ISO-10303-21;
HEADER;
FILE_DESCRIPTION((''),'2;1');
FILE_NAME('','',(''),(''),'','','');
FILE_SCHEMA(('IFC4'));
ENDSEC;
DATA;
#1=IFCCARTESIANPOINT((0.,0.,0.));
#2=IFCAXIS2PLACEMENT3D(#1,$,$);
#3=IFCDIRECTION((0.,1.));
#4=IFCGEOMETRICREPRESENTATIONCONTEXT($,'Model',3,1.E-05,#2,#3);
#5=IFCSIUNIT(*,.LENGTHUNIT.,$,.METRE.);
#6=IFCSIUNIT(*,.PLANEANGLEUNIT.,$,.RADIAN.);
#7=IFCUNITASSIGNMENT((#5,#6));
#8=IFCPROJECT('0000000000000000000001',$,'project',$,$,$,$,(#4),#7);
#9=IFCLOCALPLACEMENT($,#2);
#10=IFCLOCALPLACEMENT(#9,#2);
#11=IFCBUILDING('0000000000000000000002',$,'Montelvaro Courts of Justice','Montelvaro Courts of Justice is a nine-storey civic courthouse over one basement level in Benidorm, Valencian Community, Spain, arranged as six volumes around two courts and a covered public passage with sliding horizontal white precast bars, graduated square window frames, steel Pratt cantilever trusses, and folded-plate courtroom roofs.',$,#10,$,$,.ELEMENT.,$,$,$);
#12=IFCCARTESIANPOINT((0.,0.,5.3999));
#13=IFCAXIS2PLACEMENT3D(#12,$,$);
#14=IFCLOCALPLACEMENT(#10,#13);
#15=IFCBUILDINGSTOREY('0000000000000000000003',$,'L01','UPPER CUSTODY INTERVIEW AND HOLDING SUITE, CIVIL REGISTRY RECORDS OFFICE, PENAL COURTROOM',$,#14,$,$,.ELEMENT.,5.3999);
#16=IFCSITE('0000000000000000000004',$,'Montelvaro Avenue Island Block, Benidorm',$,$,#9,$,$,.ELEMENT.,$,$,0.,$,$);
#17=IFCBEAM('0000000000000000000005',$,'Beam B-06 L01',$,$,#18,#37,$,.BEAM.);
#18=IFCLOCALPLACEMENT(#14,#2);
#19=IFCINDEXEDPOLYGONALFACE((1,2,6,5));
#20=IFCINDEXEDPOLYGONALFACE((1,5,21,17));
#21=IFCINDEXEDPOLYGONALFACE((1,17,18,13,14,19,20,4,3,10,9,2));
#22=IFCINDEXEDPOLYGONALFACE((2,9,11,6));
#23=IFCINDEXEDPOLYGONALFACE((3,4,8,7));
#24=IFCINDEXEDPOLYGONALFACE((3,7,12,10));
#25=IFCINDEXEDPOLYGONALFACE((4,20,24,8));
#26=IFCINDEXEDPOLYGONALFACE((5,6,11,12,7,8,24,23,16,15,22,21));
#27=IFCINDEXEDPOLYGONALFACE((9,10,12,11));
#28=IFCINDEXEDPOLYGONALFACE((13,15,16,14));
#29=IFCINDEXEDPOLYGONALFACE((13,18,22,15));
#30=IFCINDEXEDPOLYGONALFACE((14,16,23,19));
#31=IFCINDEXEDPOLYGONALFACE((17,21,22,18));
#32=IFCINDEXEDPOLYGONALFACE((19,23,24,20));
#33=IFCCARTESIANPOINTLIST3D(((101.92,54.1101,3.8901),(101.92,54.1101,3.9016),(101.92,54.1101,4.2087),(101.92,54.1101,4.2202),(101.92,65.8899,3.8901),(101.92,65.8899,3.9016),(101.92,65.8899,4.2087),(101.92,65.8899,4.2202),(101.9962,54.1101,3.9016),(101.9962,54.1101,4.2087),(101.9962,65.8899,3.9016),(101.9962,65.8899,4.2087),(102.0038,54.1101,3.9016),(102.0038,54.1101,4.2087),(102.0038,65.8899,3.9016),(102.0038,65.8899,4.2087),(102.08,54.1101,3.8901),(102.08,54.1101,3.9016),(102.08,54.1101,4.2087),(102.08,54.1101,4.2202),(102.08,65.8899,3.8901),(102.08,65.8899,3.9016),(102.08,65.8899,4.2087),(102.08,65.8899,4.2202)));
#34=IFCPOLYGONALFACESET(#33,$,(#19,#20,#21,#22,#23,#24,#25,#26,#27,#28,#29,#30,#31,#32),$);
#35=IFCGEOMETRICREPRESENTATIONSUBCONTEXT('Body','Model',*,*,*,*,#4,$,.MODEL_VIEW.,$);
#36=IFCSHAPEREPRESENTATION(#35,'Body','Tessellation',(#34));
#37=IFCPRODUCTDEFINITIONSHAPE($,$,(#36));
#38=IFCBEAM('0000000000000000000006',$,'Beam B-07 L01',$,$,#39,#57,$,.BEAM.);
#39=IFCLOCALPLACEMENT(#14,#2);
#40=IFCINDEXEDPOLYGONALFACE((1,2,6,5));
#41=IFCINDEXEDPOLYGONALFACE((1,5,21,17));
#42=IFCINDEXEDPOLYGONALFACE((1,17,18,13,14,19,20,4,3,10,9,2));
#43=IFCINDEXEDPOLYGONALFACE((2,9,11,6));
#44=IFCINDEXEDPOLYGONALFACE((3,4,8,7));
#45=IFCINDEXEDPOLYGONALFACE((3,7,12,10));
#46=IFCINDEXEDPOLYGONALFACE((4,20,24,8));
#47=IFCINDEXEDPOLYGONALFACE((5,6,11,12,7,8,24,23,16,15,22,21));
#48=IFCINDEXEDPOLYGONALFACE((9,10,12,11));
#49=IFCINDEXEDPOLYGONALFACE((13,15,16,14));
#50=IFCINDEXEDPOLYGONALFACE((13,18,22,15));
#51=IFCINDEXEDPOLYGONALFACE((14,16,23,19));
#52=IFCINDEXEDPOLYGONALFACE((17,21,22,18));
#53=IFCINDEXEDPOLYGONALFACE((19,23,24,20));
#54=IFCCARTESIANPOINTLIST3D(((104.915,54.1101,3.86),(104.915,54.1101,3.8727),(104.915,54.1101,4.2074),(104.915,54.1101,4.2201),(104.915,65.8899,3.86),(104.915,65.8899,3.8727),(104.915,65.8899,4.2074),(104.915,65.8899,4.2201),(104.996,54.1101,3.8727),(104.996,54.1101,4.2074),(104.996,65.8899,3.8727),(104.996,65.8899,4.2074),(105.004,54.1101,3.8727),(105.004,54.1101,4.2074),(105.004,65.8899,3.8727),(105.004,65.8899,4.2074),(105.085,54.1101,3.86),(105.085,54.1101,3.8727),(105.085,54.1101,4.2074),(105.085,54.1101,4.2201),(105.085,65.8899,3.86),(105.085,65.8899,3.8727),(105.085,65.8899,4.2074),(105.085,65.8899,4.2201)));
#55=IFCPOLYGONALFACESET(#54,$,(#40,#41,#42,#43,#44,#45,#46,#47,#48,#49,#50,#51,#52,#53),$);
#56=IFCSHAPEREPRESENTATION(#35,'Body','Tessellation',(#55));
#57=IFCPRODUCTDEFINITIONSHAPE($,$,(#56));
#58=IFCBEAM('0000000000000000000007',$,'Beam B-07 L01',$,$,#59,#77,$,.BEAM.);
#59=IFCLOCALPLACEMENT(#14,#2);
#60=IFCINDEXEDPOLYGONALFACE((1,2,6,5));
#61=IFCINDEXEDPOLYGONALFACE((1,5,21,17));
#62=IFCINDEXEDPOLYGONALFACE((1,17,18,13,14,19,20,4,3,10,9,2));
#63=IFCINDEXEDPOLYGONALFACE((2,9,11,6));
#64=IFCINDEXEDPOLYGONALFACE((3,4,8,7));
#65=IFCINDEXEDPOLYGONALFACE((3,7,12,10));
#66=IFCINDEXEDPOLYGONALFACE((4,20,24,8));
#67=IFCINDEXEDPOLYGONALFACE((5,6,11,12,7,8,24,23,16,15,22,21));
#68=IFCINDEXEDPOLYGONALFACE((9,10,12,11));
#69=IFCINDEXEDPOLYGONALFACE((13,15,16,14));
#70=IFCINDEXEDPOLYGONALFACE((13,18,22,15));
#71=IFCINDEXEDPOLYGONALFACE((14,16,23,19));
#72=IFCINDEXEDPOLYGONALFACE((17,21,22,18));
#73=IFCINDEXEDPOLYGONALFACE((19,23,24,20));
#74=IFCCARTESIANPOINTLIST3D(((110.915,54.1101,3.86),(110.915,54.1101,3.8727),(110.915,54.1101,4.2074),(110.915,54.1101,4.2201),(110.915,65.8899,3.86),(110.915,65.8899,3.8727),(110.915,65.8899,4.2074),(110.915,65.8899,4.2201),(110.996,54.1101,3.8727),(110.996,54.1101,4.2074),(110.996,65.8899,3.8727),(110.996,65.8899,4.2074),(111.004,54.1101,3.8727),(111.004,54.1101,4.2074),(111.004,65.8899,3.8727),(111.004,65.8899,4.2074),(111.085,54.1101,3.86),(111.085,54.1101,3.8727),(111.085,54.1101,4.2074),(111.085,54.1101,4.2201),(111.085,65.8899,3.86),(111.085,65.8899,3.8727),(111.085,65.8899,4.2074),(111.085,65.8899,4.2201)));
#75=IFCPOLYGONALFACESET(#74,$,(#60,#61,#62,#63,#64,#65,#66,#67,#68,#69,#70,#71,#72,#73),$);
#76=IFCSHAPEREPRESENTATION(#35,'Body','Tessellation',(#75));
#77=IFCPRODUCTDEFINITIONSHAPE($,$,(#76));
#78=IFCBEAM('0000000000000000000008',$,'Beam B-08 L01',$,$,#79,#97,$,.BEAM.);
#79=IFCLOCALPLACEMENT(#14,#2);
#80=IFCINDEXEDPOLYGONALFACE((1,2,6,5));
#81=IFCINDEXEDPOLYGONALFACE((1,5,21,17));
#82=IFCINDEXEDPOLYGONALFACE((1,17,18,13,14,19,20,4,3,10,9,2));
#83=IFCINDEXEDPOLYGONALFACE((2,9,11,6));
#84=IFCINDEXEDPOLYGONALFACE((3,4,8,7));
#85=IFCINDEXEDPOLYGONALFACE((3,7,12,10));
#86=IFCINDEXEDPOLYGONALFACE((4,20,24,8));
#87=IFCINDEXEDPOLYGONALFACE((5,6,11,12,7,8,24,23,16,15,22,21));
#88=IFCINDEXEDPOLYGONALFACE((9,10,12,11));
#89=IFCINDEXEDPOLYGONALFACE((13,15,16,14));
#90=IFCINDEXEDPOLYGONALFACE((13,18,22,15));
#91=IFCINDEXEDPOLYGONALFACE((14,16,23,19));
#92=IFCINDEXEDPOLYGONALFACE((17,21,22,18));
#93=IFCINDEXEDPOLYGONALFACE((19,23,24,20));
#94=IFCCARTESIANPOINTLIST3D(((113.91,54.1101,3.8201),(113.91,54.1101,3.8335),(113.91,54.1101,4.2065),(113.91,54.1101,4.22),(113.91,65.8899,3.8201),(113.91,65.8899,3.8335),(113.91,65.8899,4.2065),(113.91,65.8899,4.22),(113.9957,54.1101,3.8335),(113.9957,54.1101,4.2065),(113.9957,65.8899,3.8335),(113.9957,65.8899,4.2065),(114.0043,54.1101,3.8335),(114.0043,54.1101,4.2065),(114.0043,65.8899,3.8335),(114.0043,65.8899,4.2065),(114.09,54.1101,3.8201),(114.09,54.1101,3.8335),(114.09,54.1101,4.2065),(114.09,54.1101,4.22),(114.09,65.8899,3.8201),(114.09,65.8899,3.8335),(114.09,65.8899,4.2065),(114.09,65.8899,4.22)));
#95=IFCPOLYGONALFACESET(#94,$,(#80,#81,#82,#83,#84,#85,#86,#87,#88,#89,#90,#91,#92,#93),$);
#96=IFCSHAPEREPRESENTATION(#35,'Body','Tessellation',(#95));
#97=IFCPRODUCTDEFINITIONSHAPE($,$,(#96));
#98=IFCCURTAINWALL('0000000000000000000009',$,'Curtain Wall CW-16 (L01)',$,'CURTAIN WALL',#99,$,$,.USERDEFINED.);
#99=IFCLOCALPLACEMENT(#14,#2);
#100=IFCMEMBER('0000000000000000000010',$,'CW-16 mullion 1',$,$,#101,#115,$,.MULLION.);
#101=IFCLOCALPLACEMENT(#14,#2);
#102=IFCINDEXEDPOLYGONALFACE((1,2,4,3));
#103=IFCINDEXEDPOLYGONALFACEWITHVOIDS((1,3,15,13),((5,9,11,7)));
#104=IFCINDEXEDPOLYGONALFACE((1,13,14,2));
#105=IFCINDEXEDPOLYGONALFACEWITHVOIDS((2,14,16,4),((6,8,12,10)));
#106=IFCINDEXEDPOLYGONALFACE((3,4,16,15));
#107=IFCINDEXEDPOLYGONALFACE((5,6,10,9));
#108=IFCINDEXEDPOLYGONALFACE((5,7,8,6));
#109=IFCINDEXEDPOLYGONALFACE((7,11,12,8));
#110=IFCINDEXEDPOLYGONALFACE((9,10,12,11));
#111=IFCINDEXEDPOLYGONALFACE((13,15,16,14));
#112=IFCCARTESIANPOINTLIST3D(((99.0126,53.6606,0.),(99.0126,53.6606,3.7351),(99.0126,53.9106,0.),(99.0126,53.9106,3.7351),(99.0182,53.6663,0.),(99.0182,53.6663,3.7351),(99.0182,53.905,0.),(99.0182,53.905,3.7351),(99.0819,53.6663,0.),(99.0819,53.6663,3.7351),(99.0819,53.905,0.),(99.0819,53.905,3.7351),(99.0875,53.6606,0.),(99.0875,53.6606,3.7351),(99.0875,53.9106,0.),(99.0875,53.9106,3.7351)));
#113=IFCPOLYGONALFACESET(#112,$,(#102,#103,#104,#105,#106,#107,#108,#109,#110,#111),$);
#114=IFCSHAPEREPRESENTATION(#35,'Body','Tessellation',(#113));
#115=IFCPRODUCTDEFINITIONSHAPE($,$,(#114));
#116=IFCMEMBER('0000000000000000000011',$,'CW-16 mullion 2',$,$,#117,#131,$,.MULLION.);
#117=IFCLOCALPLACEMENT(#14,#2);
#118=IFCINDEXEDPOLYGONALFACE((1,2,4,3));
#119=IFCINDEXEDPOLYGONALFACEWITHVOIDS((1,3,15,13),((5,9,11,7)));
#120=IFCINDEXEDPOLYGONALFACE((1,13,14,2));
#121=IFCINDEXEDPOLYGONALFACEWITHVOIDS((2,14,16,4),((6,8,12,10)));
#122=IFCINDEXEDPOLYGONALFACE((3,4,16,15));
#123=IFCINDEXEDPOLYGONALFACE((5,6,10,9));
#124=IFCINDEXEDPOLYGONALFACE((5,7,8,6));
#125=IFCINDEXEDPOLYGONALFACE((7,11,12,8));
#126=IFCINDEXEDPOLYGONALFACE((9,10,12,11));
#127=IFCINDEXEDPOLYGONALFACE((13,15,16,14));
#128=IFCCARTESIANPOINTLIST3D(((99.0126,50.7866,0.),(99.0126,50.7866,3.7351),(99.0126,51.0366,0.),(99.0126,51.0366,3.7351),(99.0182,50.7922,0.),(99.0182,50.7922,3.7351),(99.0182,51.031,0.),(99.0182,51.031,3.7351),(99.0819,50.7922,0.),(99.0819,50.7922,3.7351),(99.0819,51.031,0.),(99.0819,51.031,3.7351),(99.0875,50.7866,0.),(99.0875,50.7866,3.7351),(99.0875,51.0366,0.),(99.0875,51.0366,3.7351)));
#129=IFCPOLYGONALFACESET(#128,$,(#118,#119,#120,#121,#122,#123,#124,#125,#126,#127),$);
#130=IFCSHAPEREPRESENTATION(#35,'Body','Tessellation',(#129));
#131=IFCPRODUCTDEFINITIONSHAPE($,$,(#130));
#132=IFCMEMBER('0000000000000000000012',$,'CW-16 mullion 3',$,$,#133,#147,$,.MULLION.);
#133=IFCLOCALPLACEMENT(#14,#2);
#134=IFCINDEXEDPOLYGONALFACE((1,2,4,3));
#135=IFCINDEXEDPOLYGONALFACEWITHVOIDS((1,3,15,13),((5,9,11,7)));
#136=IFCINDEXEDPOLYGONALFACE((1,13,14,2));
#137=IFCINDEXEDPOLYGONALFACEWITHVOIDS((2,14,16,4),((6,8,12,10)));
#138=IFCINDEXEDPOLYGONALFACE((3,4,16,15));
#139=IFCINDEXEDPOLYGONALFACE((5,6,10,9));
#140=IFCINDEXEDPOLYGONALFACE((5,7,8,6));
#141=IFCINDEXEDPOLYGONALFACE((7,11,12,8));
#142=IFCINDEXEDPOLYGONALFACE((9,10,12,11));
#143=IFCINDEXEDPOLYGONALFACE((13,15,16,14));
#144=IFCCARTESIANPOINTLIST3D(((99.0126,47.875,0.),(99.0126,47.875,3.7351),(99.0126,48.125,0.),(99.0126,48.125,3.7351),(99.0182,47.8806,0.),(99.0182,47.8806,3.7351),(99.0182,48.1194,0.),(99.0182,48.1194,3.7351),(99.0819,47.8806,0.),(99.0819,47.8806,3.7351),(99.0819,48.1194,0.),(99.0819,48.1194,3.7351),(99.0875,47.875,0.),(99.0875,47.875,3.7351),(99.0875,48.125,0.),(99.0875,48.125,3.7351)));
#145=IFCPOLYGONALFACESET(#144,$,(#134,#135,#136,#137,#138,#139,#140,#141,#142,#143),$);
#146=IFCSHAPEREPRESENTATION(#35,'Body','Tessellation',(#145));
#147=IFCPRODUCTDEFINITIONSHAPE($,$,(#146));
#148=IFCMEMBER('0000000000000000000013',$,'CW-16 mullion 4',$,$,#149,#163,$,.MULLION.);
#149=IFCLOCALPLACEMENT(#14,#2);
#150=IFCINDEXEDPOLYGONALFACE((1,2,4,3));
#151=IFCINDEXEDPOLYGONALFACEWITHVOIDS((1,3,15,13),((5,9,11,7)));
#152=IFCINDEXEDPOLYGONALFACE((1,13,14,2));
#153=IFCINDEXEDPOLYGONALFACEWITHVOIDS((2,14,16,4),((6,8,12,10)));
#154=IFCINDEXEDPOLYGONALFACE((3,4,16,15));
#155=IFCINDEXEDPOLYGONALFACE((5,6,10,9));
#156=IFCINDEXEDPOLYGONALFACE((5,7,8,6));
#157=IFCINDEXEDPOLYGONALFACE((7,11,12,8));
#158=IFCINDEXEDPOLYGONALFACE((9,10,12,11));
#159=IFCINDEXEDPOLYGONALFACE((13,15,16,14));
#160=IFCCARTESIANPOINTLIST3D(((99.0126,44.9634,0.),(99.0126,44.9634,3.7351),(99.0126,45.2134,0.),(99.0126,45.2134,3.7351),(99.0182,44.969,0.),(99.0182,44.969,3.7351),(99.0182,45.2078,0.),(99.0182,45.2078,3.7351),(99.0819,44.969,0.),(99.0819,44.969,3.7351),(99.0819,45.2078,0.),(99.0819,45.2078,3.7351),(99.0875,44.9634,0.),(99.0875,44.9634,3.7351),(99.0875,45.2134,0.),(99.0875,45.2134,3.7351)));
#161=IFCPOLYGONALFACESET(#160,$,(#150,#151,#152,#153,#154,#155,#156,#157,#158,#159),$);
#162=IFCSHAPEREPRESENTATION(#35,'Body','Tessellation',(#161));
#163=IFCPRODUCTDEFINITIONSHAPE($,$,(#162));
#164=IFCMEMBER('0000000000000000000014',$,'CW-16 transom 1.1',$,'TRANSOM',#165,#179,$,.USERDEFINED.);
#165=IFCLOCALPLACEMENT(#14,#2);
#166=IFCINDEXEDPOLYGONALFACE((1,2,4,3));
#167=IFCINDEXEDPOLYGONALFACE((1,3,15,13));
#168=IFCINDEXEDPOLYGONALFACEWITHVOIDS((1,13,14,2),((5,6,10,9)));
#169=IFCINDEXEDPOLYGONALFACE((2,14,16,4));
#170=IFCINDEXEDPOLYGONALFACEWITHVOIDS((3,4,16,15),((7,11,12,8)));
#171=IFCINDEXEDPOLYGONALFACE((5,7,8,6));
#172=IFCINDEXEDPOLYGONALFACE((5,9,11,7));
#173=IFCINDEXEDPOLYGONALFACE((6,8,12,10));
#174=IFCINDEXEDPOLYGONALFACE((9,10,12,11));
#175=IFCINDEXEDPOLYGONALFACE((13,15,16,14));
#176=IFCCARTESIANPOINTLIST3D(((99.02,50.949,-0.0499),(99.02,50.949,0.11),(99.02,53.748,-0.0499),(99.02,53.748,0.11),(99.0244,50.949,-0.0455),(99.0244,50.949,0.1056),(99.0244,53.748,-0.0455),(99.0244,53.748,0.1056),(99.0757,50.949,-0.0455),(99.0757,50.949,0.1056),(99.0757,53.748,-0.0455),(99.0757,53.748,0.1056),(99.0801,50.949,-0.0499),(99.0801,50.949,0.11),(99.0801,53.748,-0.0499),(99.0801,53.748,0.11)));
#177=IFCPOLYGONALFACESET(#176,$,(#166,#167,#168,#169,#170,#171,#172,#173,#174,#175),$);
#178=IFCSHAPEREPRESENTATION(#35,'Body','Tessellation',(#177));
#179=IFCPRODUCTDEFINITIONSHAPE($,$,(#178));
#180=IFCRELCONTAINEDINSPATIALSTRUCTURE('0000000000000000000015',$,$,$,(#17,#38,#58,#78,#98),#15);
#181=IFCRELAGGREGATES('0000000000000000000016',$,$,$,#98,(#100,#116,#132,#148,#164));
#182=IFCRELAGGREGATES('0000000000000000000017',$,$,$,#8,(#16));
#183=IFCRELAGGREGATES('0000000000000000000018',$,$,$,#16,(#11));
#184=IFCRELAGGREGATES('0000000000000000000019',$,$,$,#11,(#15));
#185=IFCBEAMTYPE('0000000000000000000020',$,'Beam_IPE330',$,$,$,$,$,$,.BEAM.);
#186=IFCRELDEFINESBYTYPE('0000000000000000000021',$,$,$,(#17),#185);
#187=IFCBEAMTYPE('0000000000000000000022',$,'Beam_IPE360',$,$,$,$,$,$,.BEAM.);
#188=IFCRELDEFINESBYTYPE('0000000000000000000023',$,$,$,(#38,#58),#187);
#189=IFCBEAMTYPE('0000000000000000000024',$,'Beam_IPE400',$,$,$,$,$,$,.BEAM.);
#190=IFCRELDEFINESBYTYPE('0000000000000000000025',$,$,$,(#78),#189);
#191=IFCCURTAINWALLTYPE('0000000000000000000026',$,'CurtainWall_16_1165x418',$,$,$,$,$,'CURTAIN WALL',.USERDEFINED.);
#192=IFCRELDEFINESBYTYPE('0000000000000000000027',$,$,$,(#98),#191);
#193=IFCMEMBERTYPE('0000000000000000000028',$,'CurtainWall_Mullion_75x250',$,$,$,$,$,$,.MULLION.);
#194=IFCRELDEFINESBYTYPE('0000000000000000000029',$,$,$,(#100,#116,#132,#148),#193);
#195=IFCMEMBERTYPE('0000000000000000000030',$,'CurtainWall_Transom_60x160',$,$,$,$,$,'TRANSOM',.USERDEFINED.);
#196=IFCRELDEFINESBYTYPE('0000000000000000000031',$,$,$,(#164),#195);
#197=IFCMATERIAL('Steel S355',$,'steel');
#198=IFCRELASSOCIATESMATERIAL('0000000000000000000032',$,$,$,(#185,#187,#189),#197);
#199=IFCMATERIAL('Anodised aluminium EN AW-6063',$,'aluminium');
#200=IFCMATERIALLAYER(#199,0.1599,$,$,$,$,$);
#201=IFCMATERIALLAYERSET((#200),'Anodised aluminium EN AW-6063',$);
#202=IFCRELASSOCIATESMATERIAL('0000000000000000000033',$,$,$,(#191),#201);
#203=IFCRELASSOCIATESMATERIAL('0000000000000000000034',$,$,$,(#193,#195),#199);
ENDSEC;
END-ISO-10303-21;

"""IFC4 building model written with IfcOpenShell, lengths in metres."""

from ifc_helpers import new_model, si_unit, direction, frame, origin, origin_2d, place, context, subcontext, project, spatial, hollow_rectangle, i_section, extrude, material, layer, layer_set, material_profile, profile_set, type_object, element, aggregate, save


model = new_model("IFC4")

# Units and contexts
model_context = context("Model", 3, precision=1e-05, world=origin(), true_north=direction((0.0, 1.0)))
body_context = subcontext(model_context, "Body", "Model", "MODEL_VIEW")
ifc_project = project(units=[si_unit("LENGTHUNIT", "METRE"), si_unit("PLANEANGLEUNIT", "RADIAN")], contexts=[model_context])

# Site, building, storey
site_placement = place(None, origin())
site = spatial("IfcSite", under=ifc_project, at=site_placement, Name="Montelvaro Avenue Island Block, Benidorm", CompositionType="ELEMENT", RefElevation=0.0)
building_placement = place(site_placement, origin())
building = spatial("IfcBuilding", under=site, at=building_placement, Name="Montelvaro Courts of Justice", Description="Montelvaro Courts of Justice is a nine-storey civic courthouse over one basement level in Benidorm, Valencian Community, Spain, arranged as six volumes around two courts and a covered public passage with sliding horizontal white precast bars, graduated square window frames, steel Pratt cantilever trusses, and folded-plate courtroom roofs.", CompositionType="ELEMENT")
storey_placement = place(building_placement, frame((0.0, 0.0, 5.3999)))
storey = spatial("IfcBuildingStorey", under=building, at=storey_placement, Name="L01", Description="UPPER CUSTODY INTERVIEW AND HOLDING SUITE, CIVIL REGISTRY RECORDS OFFICE, PENAL COURTROOM", CompositionType="ELEMENT", Elevation=5.3999)

# Shared definitions
ifc_material_1 = material(Name="Steel S355", Category="steel")

# Beams
ifc_material_profile_1 = material_profile(ifc_material_1, i_section(OverallWidth=0.1599, OverallDepth=0.3301, WebThickness=0.0076, FlangeThickness=0.0115, at=origin_2d()), Name="IPE 330")
ifc_profile_set_1 = profile_set([ifc_material_profile_1], Name="Steel S355")
beam_type_1 = type_object("IfcBeamType", Name="Beam_IPE330", PredefinedType="BEAM", material=ifc_profile_set_1)
beam_1_placement = place(storey_placement, frame((102.0, 54.1101, 4.0552), z_axis=(0.0, 1.0, 0.0), x_axis=(-1.0, 0.0, 0.0)))
element("IfcBeam", 1, at=beam_1_placement, inside=storey, type_object=beam_type_1, Name="Beam B-06 L01", PredefinedType="BEAM", context=body_context, shape_type="SweptSolid", body=[
    extrude(i_section(OverallWidth=0.1599, OverallDepth=0.3301, WebThickness=0.0076, FlangeThickness=0.0115, at=origin_2d()), origin(), (0.0, 0.0, 1.0), 11.7798),
])
ifc_material_profile_2 = material_profile(ifc_material_1, i_section(OverallWidth=0.1699, OverallDepth=0.3601, WebThickness=0.0081, FlangeThickness=0.0127, at=origin_2d()), Name="IPE 360")
ifc_profile_set_2 = profile_set([ifc_material_profile_2], Name="Steel S355")
beam_type_2 = type_object("IfcBeamType", Name="Beam_IPE360", PredefinedType="BEAM", material=ifc_profile_set_2)
for number, where, z_axis, x_axis, name in (
    (2, (105.0, 54.1101, 4.04), (0.0, 1.0, 0.0), (-1.0, 0.0, 0.0), "Beam B-07 L01"),
    (3, (111.0, 54.1101, 4.04), (0.0, 1.0, 0.0), (-1.0, 0.0, 0.0), "Beam B-07 L01"),
):
    element("IfcBeam", number, at=place(storey_placement, frame(where, z_axis=z_axis, x_axis=x_axis)), inside=storey, type_object=beam_type_2, Name=name, PredefinedType="BEAM", context=body_context, shape_type="SweptSolid", body=[
        extrude(i_section(OverallWidth=0.1699, OverallDepth=0.3601, WebThickness=0.0081, FlangeThickness=0.0127, at=origin_2d()), origin(), (0.0, 0.0, 1.0), 11.7798),
    ])
ifc_material_profile_3 = material_profile(ifc_material_1, i_section(OverallWidth=0.1799, OverallDepth=0.3999, WebThickness=0.0085, FlangeThickness=0.0134, at=origin_2d()), Name="IPE 400")
ifc_profile_set_3 = profile_set([ifc_material_profile_3], Name="Steel S355")
beam_type_3 = type_object("IfcBeamType", Name="Beam_IPE400", PredefinedType="BEAM", material=ifc_profile_set_3)
beam_2_placement = place(storey_placement, frame((114.0, 54.1101, 4.02), z_axis=(0.0, 1.0, 0.0), x_axis=(-1.0, 0.0, 0.0)))
element("IfcBeam", 4, at=beam_2_placement, inside=storey, type_object=beam_type_3, Name="Beam B-08 L01", PredefinedType="BEAM", context=body_context, shape_type="SweptSolid", body=[
    extrude(i_section(OverallWidth=0.1799, OverallDepth=0.3999, WebThickness=0.0085, FlangeThickness=0.0134, at=origin_2d()), origin(), (0.0, 0.0, 1.0), 11.7798),
])

# Curtain wall, members
ifc_material_2 = material(Name="Anodised aluminium EN AW-6063", Category="aluminium")
ifc_layer_1 = layer(ifc_material_2, 0.1599)
ifc_layer_set_1 = layer_set([ifc_layer_1], Name="Anodised aluminium EN AW-6063")
curtain_wall_type = type_object("IfcCurtainWallType", Name="CurtainWall_16_1165x418", ElementType="CURTAIN WALL", PredefinedType="USERDEFINED", material=ifc_layer_set_1)
curtain_wall_placement = place(storey_placement, origin())
curtain_wall = element("IfcCurtainWall", 5, at=curtain_wall_placement, inside=storey, type_object=curtain_wall_type, Name="Curtain Wall CW-16 (L01)", ObjectType="CURTAIN WALL", PredefinedType="USERDEFINED")
ifc_material_profile_4 = material_profile(ifc_material_2, hollow_rectangle(XDim=0.075, YDim=0.25, WallThickness=0.0056, at=origin_2d()), Name="ALU-M 75x250")
ifc_profile_set_4 = profile_set([ifc_material_profile_4], Name="Anodised aluminium EN AW-6063")
member_type_1 = type_object("IfcMemberType", Name="CurtainWall_Mullion_75x250", PredefinedType="MULLION", material=ifc_profile_set_4)
member_1_placement = place(storey_placement, frame((99.05, 53.7856, 0.0), z_axis=(0.0, 0.0, 1.0), x_axis=(1.0, 0.0, 0.0)))
member_1 = element("IfcMember", 6, at=member_1_placement, type_object=member_type_1, Name="CW-16 mullion 1", PredefinedType="MULLION", context=body_context, shape_type="SweptSolid", body=[
    extrude(hollow_rectangle(XDim=0.075, YDim=0.25, WallThickness=0.0056, at=origin_2d()), origin(), (0.0, 0.0, 1.0), 3.7351),
])
member_2_placement = place(storey_placement, frame((99.05, 50.9116, 0.0), z_axis=(0.0, 0.0, 1.0), x_axis=(1.0, 0.0, 0.0)))
member_2 = element("IfcMember", 7, at=member_2_placement, type_object=member_type_1, Name="CW-16 mullion 2", PredefinedType="MULLION", context=body_context, shape_type="SweptSolid", body=[
    extrude(hollow_rectangle(XDim=0.075, YDim=0.25, WallThickness=0.0056, at=origin_2d()), origin(), (0.0, 0.0, 1.0), 3.7351),
])
member_3_placement = place(storey_placement, frame((99.05, 48.0, 0.0), z_axis=(0.0, 0.0, 1.0), x_axis=(1.0, 0.0, 0.0)))
member_3 = element("IfcMember", 8, at=member_3_placement, type_object=member_type_1, Name="CW-16 mullion 3", PredefinedType="MULLION", context=body_context, shape_type="SweptSolid", body=[
    extrude(hollow_rectangle(XDim=0.075, YDim=0.25, WallThickness=0.0056, at=origin_2d()), origin(), (0.0, 0.0, 1.0), 3.7351),
])
member_4_placement = place(storey_placement, frame((99.05, 45.0884, 0.0), z_axis=(0.0, 0.0, 1.0), x_axis=(1.0, 0.0, 0.0)))
member_4 = element("IfcMember", 9, at=member_4_placement, type_object=member_type_1, Name="CW-16 mullion 4", PredefinedType="MULLION", context=body_context, shape_type="SweptSolid", body=[
    extrude(hollow_rectangle(XDim=0.075, YDim=0.25, WallThickness=0.0056, at=origin_2d()), origin(), (0.0, 0.0, 1.0), 3.7351),
])
ifc_material_profile_5 = material_profile(ifc_material_2, hollow_rectangle(XDim=0.0601, YDim=0.1599, WallThickness=0.0044, at=origin_2d()), Name="ALU-T 60x160")
ifc_profile_set_5 = profile_set([ifc_material_profile_5], Name="Anodised aluminium EN AW-6063")
member_type_2 = type_object("IfcMemberType", Name="CurtainWall_Transom_60x160", ElementType="TRANSOM", PredefinedType="USERDEFINED", material=ifc_profile_set_5)
member_5_placement = place(storey_placement, frame((99.05, 53.748, 0.03), z_axis=(0.0, -1.0, 0.0), x_axis=(1.0, 0.0, 0.0)))
member_5 = element("IfcMember", 10, at=member_5_placement, type_object=member_type_2, Name="CW-16 transom 1.1", ObjectType="TRANSOM", PredefinedType="USERDEFINED", context=body_context, shape_type="SweptSolid", body=[
    extrude(hollow_rectangle(XDim=0.0601, YDim=0.1599, WallThickness=0.0044, at=origin_2d()), origin(), (0.0, 0.0, 1.0), 2.7991),
])
aggregate(curtain_wall, [member_1, member_2, member_3, member_4, member_5])

save(model, "model.ifc")
